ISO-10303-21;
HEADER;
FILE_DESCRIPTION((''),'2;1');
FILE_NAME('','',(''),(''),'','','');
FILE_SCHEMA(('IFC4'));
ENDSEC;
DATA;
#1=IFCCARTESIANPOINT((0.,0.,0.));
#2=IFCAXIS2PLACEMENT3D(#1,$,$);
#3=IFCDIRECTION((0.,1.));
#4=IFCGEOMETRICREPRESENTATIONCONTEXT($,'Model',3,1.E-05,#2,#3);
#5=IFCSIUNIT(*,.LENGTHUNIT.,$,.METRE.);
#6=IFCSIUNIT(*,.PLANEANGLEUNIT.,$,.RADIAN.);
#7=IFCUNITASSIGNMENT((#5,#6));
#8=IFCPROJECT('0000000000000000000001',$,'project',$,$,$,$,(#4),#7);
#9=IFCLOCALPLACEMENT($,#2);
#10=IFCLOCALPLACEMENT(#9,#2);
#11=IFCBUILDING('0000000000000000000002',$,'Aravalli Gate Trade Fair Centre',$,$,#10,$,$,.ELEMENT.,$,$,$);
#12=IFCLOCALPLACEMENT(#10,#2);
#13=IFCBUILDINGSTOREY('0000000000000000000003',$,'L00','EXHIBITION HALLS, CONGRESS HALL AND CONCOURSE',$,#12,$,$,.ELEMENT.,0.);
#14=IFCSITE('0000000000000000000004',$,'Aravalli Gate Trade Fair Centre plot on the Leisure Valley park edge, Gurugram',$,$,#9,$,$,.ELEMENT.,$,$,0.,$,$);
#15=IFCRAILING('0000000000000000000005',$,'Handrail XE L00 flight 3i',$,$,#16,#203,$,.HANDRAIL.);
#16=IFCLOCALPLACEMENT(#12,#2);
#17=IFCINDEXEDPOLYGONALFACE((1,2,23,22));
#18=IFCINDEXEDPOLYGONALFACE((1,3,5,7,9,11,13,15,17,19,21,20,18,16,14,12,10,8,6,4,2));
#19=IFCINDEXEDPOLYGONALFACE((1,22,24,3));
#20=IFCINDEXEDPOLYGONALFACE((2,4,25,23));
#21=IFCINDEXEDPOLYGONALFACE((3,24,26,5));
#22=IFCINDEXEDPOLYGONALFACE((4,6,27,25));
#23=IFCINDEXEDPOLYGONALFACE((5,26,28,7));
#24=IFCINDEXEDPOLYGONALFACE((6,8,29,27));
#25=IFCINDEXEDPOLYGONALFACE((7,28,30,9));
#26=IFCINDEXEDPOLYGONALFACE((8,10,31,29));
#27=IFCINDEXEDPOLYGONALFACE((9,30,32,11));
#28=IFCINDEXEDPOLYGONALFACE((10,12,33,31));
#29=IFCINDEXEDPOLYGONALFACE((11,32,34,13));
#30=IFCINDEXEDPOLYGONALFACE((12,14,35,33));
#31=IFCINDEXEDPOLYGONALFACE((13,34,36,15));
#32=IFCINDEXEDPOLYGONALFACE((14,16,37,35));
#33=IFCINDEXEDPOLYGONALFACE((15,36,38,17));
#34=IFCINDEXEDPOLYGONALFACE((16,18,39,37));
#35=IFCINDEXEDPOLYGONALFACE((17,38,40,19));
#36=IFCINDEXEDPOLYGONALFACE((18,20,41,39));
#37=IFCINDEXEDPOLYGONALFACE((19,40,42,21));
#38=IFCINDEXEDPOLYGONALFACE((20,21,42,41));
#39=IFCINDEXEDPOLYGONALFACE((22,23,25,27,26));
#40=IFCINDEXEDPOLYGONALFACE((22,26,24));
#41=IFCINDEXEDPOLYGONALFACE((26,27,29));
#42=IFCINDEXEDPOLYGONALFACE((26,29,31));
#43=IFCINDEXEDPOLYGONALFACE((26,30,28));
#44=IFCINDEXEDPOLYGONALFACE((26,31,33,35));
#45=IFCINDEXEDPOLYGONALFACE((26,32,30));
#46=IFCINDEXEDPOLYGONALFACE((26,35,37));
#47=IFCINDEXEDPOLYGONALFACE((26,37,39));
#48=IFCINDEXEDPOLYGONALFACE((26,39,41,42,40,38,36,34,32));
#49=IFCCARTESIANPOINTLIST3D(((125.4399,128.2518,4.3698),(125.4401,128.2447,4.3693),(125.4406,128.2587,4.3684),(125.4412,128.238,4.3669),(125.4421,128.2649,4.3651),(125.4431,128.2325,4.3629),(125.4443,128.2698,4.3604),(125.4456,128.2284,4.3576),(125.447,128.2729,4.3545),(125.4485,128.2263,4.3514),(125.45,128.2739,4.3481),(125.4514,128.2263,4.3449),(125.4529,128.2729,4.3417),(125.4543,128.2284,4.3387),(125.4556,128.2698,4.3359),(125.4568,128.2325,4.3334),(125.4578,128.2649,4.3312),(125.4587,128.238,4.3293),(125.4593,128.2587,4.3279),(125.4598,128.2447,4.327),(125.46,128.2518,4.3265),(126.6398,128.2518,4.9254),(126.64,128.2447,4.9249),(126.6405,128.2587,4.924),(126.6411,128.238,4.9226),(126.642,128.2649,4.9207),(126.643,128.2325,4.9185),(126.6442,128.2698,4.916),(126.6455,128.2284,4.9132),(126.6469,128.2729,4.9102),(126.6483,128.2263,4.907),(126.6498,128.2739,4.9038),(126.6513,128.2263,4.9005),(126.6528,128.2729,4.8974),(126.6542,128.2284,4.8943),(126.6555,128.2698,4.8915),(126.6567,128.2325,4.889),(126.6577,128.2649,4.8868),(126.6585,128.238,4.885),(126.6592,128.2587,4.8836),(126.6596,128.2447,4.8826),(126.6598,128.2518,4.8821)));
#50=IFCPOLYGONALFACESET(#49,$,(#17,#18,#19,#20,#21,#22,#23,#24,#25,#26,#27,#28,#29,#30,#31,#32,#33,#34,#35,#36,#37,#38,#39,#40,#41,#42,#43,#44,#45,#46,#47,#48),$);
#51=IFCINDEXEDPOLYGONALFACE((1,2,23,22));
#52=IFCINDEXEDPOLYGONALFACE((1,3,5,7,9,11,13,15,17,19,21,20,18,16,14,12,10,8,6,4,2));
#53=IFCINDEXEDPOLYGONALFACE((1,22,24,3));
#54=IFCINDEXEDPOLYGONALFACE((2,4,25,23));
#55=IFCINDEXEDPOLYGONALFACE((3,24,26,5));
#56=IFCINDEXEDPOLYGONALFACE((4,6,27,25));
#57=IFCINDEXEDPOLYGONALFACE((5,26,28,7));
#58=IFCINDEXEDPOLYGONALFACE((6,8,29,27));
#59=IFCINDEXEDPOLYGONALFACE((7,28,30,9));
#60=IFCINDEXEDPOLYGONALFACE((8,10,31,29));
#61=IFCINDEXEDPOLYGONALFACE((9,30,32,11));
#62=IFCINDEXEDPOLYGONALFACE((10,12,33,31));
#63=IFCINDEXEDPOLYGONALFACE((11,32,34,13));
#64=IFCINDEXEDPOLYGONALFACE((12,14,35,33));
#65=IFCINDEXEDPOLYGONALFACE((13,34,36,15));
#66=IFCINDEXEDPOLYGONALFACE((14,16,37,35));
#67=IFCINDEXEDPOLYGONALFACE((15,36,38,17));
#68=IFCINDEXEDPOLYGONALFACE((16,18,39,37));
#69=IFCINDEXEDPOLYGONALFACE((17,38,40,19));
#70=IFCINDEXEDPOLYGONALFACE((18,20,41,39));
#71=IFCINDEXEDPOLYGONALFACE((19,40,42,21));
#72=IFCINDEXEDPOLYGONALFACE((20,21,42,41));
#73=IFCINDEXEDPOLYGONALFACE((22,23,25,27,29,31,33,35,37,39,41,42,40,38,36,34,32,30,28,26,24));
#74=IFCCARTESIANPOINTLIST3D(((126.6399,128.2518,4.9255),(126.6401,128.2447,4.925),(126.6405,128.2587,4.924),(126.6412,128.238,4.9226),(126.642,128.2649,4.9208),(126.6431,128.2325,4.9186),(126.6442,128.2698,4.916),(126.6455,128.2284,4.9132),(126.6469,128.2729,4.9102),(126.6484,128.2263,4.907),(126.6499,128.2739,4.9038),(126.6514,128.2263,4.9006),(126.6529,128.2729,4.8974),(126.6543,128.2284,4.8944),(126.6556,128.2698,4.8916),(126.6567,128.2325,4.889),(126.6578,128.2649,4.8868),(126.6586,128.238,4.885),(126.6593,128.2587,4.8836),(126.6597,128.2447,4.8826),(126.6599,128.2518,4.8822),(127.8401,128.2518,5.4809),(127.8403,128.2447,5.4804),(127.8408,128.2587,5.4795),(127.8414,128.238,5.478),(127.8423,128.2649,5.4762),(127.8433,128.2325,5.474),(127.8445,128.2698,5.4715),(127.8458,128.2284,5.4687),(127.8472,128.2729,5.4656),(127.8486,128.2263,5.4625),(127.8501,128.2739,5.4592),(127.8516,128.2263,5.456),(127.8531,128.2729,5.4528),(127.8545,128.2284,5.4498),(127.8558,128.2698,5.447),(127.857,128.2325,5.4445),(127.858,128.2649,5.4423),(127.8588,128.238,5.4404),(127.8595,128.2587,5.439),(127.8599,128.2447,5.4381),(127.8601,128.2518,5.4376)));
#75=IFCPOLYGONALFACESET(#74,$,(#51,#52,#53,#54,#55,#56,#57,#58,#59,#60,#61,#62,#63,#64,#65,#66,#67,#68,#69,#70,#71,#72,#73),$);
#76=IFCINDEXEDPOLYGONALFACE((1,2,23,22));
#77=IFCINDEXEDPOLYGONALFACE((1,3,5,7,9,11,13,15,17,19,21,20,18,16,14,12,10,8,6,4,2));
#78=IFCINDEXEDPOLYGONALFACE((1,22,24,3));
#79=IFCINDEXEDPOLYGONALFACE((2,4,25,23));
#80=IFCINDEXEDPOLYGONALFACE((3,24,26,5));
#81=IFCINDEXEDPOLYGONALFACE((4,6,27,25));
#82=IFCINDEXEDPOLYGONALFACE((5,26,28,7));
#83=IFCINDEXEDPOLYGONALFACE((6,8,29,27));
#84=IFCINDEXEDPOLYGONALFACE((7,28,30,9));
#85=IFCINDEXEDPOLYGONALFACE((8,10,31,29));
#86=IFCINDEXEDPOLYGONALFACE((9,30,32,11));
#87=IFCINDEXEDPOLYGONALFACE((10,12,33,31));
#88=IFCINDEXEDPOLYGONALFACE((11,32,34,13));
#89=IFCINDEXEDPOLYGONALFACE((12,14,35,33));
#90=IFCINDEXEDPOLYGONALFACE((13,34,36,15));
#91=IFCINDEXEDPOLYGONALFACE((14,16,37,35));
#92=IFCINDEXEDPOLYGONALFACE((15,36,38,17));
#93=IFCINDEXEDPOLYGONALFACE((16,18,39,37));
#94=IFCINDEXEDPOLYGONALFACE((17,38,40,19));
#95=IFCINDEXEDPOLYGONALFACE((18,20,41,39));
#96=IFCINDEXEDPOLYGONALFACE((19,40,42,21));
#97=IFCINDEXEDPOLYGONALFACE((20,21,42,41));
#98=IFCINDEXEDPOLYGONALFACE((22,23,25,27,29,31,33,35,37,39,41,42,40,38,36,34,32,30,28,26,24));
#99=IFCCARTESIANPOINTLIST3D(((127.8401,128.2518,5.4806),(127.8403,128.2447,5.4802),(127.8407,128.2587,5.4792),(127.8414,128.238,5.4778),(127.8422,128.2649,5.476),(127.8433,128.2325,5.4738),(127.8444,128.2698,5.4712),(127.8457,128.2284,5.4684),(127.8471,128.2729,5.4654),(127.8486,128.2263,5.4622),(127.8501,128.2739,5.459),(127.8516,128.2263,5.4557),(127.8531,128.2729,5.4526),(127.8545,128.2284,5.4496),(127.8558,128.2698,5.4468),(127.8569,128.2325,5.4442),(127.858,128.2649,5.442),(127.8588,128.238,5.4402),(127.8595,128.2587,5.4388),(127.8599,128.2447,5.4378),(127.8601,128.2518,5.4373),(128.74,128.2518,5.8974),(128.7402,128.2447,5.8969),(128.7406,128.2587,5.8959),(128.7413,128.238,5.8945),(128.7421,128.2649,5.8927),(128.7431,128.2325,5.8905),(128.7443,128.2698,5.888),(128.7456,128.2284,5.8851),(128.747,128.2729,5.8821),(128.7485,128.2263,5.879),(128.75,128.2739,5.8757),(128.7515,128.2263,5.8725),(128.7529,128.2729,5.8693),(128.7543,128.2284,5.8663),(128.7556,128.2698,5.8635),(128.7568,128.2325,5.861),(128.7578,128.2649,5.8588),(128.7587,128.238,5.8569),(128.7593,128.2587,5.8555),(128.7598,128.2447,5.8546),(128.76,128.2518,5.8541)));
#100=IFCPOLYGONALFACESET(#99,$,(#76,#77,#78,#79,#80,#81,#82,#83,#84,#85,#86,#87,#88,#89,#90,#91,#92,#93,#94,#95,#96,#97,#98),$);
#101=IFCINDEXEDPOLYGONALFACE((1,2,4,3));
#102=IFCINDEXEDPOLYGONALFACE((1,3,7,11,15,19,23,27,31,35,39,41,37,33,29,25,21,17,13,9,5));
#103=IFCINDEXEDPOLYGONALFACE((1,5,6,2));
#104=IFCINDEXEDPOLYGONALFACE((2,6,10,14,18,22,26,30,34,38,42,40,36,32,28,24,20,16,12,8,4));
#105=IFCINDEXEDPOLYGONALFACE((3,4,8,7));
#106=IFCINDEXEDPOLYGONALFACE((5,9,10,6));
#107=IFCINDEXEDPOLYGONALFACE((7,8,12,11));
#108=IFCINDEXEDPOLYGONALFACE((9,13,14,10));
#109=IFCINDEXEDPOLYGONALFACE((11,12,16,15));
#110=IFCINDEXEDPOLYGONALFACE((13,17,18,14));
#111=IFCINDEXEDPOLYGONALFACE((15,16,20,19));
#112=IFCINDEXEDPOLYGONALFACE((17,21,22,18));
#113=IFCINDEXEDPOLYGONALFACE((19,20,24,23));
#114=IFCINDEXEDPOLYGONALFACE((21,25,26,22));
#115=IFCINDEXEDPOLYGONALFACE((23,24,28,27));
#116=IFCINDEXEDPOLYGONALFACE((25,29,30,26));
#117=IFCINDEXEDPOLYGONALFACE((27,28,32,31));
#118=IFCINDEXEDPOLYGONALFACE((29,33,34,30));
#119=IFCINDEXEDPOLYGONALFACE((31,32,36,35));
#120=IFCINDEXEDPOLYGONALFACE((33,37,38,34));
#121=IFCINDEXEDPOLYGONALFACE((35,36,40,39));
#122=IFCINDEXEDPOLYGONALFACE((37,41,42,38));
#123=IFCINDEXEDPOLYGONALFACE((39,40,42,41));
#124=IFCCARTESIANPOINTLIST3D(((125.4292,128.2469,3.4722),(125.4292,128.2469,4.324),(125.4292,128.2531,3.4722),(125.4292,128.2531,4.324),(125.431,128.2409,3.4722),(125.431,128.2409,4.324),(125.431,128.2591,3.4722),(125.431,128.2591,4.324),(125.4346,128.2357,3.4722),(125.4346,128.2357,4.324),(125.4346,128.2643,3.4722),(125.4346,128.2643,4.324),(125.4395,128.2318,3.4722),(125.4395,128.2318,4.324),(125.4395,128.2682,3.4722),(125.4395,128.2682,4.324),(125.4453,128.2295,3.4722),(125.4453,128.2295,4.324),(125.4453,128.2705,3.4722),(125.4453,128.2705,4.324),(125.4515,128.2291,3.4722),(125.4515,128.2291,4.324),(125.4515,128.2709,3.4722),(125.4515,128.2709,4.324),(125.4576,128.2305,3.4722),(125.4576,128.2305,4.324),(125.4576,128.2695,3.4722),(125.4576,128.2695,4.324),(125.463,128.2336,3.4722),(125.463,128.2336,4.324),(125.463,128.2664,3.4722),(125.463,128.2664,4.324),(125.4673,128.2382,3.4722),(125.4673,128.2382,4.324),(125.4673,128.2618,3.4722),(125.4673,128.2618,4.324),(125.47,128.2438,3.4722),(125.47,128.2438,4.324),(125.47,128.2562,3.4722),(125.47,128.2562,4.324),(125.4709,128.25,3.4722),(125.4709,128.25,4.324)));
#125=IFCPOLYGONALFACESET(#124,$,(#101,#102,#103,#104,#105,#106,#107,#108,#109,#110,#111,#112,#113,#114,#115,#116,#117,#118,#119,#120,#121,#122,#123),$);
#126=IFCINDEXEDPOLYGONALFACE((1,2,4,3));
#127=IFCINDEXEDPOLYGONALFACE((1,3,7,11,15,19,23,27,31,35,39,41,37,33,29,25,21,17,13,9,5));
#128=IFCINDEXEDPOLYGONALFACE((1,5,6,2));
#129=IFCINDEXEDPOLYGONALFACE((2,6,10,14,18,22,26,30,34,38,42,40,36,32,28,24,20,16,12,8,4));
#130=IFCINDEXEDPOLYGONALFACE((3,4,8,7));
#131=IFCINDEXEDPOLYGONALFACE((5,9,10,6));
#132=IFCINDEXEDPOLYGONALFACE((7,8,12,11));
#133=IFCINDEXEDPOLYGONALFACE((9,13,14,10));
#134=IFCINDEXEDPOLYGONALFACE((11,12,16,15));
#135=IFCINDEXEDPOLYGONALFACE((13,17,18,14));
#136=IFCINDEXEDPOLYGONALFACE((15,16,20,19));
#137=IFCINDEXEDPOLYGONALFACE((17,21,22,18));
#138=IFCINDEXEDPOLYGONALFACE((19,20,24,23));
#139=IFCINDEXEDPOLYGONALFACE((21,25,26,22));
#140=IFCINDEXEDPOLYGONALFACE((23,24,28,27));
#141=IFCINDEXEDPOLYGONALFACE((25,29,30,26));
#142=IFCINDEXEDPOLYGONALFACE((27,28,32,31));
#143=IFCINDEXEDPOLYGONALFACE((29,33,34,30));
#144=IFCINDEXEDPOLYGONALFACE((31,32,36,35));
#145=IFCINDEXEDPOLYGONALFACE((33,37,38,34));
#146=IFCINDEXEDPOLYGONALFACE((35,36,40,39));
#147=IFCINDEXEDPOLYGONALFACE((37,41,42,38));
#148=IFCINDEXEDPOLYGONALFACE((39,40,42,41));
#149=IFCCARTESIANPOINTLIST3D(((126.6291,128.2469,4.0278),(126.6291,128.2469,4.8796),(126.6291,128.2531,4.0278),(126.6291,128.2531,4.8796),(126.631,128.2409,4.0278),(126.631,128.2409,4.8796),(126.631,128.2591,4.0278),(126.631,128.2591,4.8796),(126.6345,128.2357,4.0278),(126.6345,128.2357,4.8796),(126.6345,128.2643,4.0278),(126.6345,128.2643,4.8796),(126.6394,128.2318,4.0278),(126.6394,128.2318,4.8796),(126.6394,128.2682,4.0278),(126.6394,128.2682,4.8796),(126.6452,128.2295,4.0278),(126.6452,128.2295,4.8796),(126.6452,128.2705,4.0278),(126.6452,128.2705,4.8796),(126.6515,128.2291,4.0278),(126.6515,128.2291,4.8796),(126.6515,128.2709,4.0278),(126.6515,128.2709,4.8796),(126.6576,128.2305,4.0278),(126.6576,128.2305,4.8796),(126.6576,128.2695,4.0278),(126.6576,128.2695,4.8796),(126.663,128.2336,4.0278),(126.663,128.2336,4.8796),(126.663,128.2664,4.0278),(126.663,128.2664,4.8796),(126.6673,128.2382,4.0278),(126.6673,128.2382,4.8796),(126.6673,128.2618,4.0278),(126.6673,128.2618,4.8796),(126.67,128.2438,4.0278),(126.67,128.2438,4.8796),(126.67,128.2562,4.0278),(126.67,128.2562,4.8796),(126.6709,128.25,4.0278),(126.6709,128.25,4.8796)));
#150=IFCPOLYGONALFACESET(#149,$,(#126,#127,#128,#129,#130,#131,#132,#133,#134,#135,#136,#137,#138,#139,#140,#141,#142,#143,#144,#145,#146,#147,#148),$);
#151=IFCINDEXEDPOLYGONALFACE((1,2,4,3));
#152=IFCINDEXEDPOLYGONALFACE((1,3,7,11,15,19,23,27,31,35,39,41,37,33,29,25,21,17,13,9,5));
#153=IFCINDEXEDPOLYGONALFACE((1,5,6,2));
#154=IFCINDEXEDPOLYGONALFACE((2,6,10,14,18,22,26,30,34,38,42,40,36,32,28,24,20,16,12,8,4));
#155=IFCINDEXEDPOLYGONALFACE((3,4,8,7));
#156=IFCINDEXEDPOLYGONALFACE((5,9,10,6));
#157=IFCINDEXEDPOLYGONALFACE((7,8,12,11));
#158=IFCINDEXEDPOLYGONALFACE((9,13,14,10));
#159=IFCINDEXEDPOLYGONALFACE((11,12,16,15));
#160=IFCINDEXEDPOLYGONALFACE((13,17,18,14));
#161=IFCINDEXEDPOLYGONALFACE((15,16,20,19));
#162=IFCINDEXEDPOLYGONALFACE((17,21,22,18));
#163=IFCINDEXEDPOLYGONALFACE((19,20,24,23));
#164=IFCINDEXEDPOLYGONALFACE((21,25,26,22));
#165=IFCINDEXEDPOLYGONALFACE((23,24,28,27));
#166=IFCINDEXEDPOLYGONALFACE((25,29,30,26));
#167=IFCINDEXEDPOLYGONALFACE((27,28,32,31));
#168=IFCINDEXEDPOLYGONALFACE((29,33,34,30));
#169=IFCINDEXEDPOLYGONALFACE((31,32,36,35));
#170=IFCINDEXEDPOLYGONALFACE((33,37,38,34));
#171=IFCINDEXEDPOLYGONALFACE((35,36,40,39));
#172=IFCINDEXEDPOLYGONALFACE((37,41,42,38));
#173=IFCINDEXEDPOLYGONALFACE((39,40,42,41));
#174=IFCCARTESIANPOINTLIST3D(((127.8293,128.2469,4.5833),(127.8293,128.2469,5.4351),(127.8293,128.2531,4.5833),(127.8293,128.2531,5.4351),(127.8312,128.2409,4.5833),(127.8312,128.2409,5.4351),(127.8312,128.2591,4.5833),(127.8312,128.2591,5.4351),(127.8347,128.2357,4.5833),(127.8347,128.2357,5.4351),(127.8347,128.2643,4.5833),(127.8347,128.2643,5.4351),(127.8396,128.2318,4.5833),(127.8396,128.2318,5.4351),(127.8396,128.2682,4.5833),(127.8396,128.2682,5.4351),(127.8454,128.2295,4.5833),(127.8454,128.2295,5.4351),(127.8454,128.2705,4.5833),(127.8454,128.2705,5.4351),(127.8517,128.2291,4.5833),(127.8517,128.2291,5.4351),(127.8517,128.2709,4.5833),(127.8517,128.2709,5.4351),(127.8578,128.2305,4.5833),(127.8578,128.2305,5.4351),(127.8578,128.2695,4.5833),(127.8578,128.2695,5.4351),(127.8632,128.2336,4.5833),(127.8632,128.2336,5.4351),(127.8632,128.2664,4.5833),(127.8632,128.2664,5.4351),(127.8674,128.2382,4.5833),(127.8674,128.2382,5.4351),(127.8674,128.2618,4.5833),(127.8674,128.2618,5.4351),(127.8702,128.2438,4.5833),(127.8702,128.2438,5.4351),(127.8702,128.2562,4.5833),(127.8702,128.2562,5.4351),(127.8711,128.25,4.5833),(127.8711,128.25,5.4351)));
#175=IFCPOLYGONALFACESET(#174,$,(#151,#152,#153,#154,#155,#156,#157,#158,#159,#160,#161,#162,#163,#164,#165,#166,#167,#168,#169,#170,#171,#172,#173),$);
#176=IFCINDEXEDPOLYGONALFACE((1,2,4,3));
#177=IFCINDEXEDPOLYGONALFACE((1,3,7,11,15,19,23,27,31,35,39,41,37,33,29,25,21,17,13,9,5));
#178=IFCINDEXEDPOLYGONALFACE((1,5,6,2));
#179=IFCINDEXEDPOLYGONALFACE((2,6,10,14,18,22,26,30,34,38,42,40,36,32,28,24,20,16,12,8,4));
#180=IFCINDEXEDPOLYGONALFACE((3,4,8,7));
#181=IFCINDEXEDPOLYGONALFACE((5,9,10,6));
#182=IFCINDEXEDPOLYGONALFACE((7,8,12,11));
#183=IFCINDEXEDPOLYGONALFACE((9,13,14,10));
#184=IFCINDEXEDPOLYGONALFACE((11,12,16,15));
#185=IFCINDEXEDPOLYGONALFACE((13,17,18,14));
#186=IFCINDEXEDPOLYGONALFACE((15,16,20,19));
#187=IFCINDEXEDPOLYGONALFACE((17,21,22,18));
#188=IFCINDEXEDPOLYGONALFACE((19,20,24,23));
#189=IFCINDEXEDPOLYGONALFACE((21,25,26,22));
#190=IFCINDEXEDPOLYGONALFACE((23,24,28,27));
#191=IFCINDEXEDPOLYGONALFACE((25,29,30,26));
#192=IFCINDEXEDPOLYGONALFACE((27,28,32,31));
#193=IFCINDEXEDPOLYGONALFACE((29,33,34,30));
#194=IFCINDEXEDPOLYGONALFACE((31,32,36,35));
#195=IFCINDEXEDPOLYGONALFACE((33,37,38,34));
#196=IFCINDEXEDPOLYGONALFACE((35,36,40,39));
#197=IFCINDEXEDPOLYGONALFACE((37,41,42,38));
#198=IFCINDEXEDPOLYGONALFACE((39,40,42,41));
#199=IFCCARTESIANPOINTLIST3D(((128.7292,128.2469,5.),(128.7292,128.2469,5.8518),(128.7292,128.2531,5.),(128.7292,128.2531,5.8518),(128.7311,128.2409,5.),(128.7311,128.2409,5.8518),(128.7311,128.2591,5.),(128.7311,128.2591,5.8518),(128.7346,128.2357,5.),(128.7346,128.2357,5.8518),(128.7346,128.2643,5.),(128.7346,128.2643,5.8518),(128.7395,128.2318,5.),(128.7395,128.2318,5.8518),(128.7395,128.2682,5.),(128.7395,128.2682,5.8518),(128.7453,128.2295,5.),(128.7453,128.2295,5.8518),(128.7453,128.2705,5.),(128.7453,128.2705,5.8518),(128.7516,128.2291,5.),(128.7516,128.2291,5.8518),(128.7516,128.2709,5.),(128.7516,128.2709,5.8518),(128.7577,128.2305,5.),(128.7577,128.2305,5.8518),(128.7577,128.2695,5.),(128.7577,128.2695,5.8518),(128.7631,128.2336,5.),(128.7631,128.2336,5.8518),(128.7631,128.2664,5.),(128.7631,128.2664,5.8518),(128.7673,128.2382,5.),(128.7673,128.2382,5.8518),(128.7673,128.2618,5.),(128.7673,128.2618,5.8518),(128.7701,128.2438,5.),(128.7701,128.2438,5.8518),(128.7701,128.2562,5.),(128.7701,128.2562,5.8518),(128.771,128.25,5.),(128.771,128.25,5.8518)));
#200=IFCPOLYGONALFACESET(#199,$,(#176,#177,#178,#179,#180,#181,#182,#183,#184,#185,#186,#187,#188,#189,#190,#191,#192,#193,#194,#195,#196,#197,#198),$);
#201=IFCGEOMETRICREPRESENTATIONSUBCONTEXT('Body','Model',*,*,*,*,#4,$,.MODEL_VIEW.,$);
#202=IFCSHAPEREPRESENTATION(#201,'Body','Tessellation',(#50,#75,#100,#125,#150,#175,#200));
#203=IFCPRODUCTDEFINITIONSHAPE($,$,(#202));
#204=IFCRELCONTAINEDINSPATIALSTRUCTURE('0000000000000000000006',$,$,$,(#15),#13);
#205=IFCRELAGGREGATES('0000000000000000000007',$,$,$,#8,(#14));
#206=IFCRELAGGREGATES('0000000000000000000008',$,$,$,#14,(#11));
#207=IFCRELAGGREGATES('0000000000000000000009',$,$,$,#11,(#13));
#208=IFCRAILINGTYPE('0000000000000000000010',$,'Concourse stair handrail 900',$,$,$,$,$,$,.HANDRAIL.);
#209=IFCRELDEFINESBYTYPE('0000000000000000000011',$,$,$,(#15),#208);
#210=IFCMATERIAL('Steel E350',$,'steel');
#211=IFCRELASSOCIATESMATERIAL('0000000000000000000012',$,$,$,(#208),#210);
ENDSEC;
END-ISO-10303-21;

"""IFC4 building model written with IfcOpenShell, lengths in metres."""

from ifc_helpers import new_model, si_unit, direction, frame, origin, origin_2d, place, context, subcontext, project, spatial, circle, extrude, material, type_object, element, save


model = new_model("IFC4")

# Units and contexts
model_context = context("Model", 3, precision=1e-05, world=origin(), true_north=direction((0.0, 1.0)))
body_context = subcontext(model_context, "Body", "Model", "MODEL_VIEW")
ifc_project = project(units=[si_unit("LENGTHUNIT", "METRE"), si_unit("PLANEANGLEUNIT", "RADIAN")], contexts=[model_context])

# Site, building, storey
site_placement = place(None, origin())
site = spatial("IfcSite", under=ifc_project, at=site_placement, Name="Aravalli Gate Trade Fair Centre plot on the Leisure Valley park edge, Gurugram", CompositionType="ELEMENT", RefElevation=0.0)
building_placement = place(site_placement, origin())
building = spatial("IfcBuilding", under=site, at=building_placement, Name="Aravalli Gate Trade Fair Centre", CompositionType="ELEMENT")
storey_placement = place(building_placement, origin())
storey = spatial("IfcBuildingStorey", under=building, at=storey_placement, Name="L00", Description="EXHIBITION HALLS, CONGRESS HALL AND CONCOURSE", CompositionType="ELEMENT", Elevation=0.0)

# Shared definitions
ifc_material_1 = material(Name="Steel E350", Category="steel")

# Railing
railing_type = type_object("IfcRailingType", Name="Concourse stair handrail 900", PredefinedType="HANDRAIL", material=ifc_material_1)
for number, where, name in (
    (1, (125.45, 128.25, 3.4722), "Handrail XE L00 flight 3i"),
):
    element("IfcRailing", number, at=place(storey_placement, frame(where)), inside=storey, type_object=railing_type, Name=name, PredefinedType="HANDRAIL", context=body_context, shape_type="SweptSolid", body=[
        extrude(circle(Radius=0.0239, at=origin_2d()), frame((0.0, 0.0, 0.876), z_axis=(0.907429, 0.0, 0.420205), x_axis=(0.0, 1.0, 0.0)), (0.0, 0.0, 1.0), 1.3223),
        extrude(circle(Radius=0.0239, at=origin_2d()), frame((1.2, 0.0, 1.4316), z_axis=(0.907532, 0.0, 0.419983), x_axis=(0.0, 1.0, 0.0)), (0.0, 0.0, 1.0), 1.3225),
        extrude(circle(Radius=0.0239, at=origin_2d()), frame((2.4001, 0.0, 1.9868), z_axis=(0.907418, 0.0, 0.420229), x_axis=(0.0, 1.0, 0.0)), (0.0, 0.0, 1.0), 0.9917),
        extrude(circle(Radius=0.021, at=origin_2d()), origin(), (0.0, 0.0, 1.0), 0.8518),
        extrude(circle(Radius=0.021, at=origin_2d()), frame((1.2, 0.0, 0.5557)), (0.0, 0.0, 1.0), 0.8518),
        extrude(circle(Radius=0.021, at=origin_2d()), frame((2.4001, 0.0, 1.1111)), (0.0, 0.0, 1.0), 0.8518),
        extrude(circle(Radius=0.021, at=origin_2d()), frame((3.3, 0.0, 1.5278)), (0.0, 0.0, 1.0), 0.8518),
    ])

save(model, "model.ifc")
